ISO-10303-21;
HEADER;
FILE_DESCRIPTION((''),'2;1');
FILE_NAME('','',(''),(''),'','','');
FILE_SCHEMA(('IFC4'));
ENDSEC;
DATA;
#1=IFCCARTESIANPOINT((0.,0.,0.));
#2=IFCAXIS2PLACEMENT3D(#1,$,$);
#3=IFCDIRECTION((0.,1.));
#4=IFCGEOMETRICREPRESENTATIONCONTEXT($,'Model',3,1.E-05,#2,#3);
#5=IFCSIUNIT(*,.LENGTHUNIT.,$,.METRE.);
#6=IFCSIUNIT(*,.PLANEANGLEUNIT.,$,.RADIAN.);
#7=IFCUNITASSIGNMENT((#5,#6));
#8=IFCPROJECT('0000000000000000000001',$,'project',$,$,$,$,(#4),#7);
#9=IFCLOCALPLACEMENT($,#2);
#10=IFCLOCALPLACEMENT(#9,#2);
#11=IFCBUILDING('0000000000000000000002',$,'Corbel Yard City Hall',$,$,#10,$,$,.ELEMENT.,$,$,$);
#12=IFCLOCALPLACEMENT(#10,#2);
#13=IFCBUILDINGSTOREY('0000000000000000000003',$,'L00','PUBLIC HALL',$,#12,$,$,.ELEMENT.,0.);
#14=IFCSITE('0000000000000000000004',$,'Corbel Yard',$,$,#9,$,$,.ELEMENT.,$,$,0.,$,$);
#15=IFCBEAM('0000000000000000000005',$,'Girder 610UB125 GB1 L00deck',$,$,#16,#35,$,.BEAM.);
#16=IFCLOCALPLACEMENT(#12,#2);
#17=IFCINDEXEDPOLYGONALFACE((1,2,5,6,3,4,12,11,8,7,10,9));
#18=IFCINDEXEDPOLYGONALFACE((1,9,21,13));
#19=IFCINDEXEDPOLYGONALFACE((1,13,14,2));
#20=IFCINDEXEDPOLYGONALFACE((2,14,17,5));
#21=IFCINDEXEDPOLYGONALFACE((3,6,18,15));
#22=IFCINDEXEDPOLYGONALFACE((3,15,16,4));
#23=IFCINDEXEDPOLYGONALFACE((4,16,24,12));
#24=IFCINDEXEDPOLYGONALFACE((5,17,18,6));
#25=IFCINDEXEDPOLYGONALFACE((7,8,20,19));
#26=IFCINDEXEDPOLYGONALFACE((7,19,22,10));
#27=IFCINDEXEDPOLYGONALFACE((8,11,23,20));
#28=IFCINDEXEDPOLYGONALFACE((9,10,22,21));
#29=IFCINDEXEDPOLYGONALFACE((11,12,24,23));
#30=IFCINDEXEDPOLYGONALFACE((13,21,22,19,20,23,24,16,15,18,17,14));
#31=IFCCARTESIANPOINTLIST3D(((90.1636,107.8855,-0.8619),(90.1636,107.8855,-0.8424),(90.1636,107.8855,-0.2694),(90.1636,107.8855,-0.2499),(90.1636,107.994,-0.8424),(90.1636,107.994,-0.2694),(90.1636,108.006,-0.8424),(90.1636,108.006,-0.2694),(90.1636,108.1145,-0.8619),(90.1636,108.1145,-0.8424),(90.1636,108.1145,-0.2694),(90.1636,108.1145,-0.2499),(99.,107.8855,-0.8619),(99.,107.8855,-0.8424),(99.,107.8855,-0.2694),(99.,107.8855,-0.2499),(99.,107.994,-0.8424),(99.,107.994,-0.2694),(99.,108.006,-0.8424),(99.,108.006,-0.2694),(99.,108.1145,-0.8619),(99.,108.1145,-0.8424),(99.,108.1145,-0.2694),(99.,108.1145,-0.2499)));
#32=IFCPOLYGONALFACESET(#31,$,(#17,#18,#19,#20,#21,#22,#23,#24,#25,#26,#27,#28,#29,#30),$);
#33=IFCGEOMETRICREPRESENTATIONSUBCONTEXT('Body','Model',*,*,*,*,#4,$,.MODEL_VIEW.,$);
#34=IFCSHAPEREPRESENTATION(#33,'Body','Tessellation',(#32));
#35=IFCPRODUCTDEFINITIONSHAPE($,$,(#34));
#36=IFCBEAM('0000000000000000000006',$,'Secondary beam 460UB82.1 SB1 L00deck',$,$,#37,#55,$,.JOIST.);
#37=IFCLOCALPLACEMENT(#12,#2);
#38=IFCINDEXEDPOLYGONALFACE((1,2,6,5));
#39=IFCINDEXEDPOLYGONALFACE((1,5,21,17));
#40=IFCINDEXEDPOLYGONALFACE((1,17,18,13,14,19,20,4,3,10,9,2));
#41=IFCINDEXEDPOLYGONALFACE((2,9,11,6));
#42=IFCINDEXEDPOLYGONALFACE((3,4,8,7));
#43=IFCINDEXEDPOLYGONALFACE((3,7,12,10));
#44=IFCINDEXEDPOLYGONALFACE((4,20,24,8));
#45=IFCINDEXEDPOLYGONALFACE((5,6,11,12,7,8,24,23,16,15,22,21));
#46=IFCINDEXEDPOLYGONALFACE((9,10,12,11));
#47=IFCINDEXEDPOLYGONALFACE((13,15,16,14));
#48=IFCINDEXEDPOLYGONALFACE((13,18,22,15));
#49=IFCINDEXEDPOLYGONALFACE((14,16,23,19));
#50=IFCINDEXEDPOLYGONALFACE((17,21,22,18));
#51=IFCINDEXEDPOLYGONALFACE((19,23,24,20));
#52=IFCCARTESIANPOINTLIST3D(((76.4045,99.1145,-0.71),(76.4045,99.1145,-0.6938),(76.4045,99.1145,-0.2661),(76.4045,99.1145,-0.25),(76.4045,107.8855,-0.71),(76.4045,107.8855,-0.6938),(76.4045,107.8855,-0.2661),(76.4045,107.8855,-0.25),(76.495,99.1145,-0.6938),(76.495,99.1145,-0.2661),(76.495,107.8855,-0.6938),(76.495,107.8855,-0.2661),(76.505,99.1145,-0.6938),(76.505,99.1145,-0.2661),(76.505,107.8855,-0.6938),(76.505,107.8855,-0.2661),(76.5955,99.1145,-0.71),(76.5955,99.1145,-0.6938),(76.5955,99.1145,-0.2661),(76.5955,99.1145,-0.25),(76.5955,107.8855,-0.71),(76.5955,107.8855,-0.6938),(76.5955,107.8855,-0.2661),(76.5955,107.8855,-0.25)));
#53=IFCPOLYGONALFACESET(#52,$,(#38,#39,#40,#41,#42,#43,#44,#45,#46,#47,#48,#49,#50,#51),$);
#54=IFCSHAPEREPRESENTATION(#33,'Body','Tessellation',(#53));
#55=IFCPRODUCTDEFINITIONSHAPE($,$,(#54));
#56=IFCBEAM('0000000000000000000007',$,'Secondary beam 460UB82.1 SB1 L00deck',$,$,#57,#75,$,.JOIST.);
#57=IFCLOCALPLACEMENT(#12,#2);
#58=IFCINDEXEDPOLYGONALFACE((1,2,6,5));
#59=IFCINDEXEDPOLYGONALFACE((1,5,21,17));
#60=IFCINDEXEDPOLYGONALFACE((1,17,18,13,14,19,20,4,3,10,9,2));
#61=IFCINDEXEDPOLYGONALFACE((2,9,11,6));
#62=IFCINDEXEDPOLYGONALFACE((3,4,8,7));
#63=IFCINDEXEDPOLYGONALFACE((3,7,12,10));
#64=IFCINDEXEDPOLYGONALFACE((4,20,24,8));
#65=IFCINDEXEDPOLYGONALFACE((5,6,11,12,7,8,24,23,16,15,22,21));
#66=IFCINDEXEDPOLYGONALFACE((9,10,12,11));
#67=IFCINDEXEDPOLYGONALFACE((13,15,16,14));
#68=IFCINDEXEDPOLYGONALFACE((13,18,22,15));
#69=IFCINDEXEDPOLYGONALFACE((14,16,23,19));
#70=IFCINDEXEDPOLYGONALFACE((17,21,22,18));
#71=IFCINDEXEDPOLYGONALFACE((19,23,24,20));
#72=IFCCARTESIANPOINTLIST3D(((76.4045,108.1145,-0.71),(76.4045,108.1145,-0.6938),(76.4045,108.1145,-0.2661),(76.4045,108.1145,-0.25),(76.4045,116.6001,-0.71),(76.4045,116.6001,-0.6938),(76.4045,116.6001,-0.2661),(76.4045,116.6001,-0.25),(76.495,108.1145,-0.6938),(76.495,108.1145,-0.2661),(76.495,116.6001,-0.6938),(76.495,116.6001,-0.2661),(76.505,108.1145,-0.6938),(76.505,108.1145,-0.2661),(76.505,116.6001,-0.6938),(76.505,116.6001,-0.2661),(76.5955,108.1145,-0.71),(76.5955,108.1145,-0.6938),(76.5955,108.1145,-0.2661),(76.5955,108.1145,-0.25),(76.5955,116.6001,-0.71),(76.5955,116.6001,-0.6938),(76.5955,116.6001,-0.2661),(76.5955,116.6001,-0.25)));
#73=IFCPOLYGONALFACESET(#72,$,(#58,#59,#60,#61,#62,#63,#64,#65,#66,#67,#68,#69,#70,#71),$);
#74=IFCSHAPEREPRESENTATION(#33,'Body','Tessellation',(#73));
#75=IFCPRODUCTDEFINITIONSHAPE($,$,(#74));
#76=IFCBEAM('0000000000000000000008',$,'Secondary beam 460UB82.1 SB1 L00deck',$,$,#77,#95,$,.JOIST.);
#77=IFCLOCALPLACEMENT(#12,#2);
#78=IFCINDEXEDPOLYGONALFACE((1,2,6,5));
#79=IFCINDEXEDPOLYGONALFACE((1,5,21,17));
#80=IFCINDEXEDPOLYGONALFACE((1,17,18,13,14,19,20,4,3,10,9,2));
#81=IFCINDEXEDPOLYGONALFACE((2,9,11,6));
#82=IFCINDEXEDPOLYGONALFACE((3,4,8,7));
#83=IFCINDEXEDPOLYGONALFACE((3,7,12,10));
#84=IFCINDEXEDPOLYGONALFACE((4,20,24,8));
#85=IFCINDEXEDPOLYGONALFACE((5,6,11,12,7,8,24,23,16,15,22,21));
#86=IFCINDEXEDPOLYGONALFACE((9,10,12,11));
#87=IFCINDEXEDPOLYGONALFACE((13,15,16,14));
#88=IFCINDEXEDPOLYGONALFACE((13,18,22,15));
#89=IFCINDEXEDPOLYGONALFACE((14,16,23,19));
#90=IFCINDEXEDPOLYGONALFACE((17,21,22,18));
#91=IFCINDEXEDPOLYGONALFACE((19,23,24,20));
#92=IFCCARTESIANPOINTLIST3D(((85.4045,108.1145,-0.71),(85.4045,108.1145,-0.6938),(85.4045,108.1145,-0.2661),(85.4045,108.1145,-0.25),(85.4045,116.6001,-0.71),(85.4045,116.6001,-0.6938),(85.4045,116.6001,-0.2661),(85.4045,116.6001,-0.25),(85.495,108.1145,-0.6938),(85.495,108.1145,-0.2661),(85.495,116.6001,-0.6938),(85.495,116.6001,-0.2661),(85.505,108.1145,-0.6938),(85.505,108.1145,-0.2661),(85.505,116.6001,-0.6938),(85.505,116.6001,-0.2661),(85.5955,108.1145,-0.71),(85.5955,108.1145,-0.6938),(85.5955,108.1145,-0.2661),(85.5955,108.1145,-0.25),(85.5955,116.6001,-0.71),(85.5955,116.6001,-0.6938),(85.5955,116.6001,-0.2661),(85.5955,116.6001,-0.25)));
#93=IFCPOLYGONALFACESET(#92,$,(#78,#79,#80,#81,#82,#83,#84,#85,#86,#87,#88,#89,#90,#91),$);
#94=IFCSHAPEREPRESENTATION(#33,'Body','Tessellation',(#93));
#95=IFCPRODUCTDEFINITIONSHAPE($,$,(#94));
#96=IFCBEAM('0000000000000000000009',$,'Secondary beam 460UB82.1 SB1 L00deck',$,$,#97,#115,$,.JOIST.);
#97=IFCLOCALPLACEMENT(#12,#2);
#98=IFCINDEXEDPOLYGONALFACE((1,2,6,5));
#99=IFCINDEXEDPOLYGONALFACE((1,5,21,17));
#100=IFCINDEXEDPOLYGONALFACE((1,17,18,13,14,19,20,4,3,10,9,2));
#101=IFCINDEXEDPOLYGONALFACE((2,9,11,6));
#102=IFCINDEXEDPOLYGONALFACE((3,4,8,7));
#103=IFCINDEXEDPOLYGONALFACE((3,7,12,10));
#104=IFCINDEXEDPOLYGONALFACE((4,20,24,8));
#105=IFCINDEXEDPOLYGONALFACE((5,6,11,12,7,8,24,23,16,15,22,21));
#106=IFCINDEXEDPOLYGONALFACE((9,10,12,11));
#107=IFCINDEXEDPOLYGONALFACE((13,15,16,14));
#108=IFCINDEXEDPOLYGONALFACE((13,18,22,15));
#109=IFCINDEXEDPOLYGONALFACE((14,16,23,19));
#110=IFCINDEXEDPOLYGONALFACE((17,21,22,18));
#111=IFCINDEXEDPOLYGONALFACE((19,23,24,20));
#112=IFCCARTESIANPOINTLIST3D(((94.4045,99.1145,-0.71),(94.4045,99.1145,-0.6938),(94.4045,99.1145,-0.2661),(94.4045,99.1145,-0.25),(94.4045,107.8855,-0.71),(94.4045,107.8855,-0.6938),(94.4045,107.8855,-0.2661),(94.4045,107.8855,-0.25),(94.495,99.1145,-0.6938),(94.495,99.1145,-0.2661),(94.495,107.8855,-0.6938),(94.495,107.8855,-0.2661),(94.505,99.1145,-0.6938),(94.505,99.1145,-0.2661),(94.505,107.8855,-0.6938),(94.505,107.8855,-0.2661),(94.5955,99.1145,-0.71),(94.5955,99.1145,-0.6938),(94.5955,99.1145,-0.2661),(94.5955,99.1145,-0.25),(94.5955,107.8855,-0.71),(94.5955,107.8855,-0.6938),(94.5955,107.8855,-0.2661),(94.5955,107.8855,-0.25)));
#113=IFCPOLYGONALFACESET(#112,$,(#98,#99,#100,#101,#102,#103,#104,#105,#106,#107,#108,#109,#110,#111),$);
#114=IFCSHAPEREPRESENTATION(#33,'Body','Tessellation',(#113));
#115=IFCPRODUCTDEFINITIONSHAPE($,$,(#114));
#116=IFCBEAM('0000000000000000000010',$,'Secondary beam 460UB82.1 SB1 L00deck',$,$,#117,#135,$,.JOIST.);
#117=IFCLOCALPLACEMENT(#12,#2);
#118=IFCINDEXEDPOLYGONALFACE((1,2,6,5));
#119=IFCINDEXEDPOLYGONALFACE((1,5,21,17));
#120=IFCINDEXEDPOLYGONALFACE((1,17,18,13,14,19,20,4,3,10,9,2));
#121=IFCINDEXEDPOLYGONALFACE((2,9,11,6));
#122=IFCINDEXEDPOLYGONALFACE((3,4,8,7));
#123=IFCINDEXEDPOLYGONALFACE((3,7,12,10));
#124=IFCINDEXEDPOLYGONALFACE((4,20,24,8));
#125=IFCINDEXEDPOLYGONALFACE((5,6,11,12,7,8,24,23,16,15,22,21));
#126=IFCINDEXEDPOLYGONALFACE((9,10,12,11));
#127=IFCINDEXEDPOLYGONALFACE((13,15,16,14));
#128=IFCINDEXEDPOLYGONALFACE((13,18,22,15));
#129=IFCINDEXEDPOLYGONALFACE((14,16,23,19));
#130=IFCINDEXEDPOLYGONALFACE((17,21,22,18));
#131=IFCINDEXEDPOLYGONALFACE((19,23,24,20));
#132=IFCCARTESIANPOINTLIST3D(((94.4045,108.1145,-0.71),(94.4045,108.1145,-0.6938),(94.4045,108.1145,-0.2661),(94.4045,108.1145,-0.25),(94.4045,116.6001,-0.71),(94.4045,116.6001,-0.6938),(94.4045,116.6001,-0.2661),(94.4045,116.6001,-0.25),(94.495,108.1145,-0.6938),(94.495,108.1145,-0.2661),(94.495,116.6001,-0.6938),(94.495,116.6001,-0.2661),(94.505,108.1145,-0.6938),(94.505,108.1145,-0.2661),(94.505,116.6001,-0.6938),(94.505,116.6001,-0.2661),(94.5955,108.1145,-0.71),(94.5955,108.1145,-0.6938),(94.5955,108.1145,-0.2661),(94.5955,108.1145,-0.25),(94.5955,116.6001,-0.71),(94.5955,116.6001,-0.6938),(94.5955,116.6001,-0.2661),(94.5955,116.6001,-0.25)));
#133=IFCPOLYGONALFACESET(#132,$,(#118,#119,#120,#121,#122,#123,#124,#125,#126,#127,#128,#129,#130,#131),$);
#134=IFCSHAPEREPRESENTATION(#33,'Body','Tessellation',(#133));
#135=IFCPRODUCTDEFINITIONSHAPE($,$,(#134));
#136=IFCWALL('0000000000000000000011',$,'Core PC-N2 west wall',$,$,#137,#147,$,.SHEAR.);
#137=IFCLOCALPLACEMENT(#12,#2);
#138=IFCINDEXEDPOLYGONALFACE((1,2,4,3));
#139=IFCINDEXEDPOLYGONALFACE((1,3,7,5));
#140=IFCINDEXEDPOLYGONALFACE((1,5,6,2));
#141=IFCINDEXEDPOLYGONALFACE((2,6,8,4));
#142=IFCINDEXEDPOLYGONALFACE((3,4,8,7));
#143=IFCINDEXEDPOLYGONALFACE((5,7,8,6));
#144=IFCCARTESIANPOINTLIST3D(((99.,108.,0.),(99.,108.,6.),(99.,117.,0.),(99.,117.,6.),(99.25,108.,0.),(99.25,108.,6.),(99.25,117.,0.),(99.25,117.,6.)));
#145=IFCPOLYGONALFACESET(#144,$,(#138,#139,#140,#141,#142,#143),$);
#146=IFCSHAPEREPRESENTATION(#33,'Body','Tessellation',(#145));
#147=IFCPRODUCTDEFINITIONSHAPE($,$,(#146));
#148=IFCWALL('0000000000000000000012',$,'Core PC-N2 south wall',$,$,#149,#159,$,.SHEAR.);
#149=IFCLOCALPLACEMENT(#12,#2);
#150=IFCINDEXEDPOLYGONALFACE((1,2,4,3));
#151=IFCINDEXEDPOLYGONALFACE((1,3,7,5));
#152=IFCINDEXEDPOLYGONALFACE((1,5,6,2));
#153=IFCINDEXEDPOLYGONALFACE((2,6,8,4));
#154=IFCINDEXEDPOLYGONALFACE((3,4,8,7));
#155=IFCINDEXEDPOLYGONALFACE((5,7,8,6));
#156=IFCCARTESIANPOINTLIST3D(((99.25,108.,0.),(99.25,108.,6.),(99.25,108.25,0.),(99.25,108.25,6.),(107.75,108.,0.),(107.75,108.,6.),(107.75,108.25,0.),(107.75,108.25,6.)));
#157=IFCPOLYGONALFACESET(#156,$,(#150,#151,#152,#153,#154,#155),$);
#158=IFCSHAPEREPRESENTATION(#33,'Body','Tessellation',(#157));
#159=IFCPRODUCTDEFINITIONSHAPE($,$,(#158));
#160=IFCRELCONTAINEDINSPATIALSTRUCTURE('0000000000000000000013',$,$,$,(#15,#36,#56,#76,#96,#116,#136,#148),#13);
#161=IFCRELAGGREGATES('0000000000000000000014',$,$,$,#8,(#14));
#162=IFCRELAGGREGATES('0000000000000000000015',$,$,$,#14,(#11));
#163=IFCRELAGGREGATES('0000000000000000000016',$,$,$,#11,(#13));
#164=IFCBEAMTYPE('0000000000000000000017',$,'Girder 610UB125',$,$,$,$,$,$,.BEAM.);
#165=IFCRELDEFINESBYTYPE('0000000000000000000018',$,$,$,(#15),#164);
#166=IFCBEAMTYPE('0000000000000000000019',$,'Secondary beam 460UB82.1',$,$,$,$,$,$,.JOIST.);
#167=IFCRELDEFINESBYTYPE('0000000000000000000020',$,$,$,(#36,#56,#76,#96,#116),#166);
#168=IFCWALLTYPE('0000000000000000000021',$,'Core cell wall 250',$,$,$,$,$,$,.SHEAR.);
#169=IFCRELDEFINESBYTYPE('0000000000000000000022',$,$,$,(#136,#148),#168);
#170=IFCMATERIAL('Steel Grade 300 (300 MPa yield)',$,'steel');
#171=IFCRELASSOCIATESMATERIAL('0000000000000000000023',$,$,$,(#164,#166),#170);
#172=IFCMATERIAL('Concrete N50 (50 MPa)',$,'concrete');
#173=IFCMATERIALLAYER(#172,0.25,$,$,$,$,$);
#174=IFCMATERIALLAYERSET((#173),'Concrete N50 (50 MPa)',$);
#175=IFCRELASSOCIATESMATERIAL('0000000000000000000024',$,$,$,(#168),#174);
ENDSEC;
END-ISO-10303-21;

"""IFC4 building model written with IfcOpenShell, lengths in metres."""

from ifc_helpers import new_model, si_unit, direction, frame, frame_2d, origin, origin_2d, place, context, subcontext, project, spatial, rectangle, i_section, extrude, material, layer, layer_set, material_profile, profile_set, type_object, element, save


model = new_model("IFC4")

# Units and contexts
model_context = context("Model", 3, precision=1e-05, world=origin(), true_north=direction((0.0, 1.0)))
body_context = subcontext(model_context, "Body", "Model", "MODEL_VIEW")
ifc_project = project(units=[si_unit("LENGTHUNIT", "METRE"), si_unit("PLANEANGLEUNIT", "RADIAN")], contexts=[model_context])

# Site, building, storey
site_placement = place(None, origin())
site = spatial("IfcSite", under=ifc_project, at=site_placement, Name="Corbel Yard", CompositionType="ELEMENT", RefElevation=0.0)
building_placement = place(site_placement, origin())
building = spatial("IfcBuilding", under=site, at=building_placement, Name="Corbel Yard City Hall", CompositionType="ELEMENT")
storey_placement = place(building_placement, origin())
storey = spatial("IfcBuildingStorey", under=building, at=storey_placement, Name="L00", Description="PUBLIC HALL", CompositionType="ELEMENT", Elevation=0.0)

# Shared definitions
ifc_material_1 = material(Name="Steel Grade 300 (300 MPa yield)", Category="steel")

# Beams
ifc_material_profile_1 = material_profile(ifc_material_1, i_section(OverallWidth=0.229, OverallDepth=0.6121, WebThickness=0.012, FlangeThickness=0.0195, at=origin_2d()), Name="610UB125")
ifc_profile_set_1 = profile_set([ifc_material_profile_1], Name="Steel Grade 300 (300 MPa yield)")
beam_type_1 = type_object("IfcBeamType", Name="Girder 610UB125", PredefinedType="BEAM", material=ifc_profile_set_1)
beam_1_placement = place(storey_placement, frame((90.1636, 108.0, -0.5559), z_axis=(1.0, 0.0, 0.0), x_axis=(0.0, 1.0, 0.0)))
element("IfcBeam", 1, at=beam_1_placement, inside=storey, type_object=beam_type_1, Name="Girder 610UB125 GB1 L00deck", PredefinedType="BEAM", context=body_context, shape_type="SweptSolid", body=[
    extrude(i_section(OverallWidth=0.229, OverallDepth=0.6121, WebThickness=0.012, FlangeThickness=0.0195, at=origin_2d()), origin(), (0.0, 0.0, 1.0), 8.8364),
])
ifc_material_profile_2 = material_profile(ifc_material_1, i_section(OverallWidth=0.1909, OverallDepth=0.46, WebThickness=0.01, FlangeThickness=0.0161, at=origin_2d()), Name="460UB82.1")
ifc_profile_set_2 = profile_set([ifc_material_profile_2], Name="Steel Grade 300 (300 MPa yield)")
beam_type_2 = type_object("IfcBeamType", Name="Secondary beam 460UB82.1", PredefinedType="JOIST", material=ifc_profile_set_2)
beam_2_placement = place(storey_placement, frame((76.5, 99.1145, -0.48), z_axis=(0.0, 1.0, 0.0), x_axis=(-1.0, 0.0, 0.0)))
element("IfcBeam", 2, at=beam_2_placement, inside=storey, type_object=beam_type_2, Name="Secondary beam 460UB82.1 SB1 L00deck", PredefinedType="JOIST", context=body_context, shape_type="SweptSolid", body=[
    extrude(i_section(OverallWidth=0.1909, OverallDepth=0.46, WebThickness=0.01, FlangeThickness=0.0161, at=origin_2d()), origin(), (0.0, 0.0, 1.0), 8.771),
])
for number, where, z_axis, x_axis, name in (
    (3, (76.5, 108.1145, -0.48), (0.0, 1.0, 0.0), (-1.0, 0.0, 0.0), "Secondary beam 460UB82.1 SB1 L00deck"),
    (4, (85.5, 108.1145, -0.48), (0.0, 1.0, 0.0), (-1.0, 0.0, 0.0), "Secondary beam 460UB82.1 SB1 L00deck"),
):
    element("IfcBeam", number, at=place(storey_placement, frame(where, z_axis=z_axis, x_axis=x_axis)), inside=storey, type_object=beam_type_2, Name=name, PredefinedType="JOIST", context=body_context, shape_type="SweptSolid", body=[
        extrude(i_section(OverallWidth=0.1909, OverallDepth=0.46, WebThickness=0.01, FlangeThickness=0.0161, at=origin_2d()), origin(), (0.0, 0.0, 1.0), 8.4856),
    ])
beam_3_placement = place(storey_placement, frame((94.5, 99.1145, -0.48), z_axis=(0.0, 1.0, 0.0), x_axis=(-1.0, 0.0, 0.0)))
element("IfcBeam", 5, at=beam_3_placement, inside=storey, type_object=beam_type_2, Name="Secondary beam 460UB82.1 SB1 L00deck", PredefinedType="JOIST", context=body_context, shape_type="SweptSolid", body=[
    extrude(i_section(OverallWidth=0.1909, OverallDepth=0.46, WebThickness=0.01, FlangeThickness=0.0161, at=origin_2d()), origin(), (0.0, 0.0, 1.0), 8.771),
])
beam_4_placement = place(storey_placement, frame((94.5, 108.1145, -0.48), z_axis=(0.0, 1.0, 0.0), x_axis=(-1.0, 0.0, 0.0)))
element("IfcBeam", 6, at=beam_4_placement, inside=storey, type_object=beam_type_2, Name="Secondary beam 460UB82.1 SB1 L00deck", PredefinedType="JOIST", context=body_context, shape_type="SweptSolid", body=[
    extrude(i_section(OverallWidth=0.1909, OverallDepth=0.46, WebThickness=0.01, FlangeThickness=0.0161, at=origin_2d()), origin(), (0.0, 0.0, 1.0), 8.4856),
])

# Walls
ifc_material_2 = material(Name="Concrete N50 (50 MPa)", Category="concrete")
ifc_layer = layer(ifc_material_2, 0.25)
ifc_layer_set = layer_set([ifc_layer], Name="Concrete N50 (50 MPa)")
wall_type = type_object("IfcWallType", Name="Core cell wall 250", PredefinedType="SHEAR", material=ifc_layer_set)
wall_1_placement = place(storey_placement, frame((99.125, 108.0, 0.0), z_axis=(0.0, 0.0, 1.0), x_axis=(0.0, 1.0, 0.0)))
element("IfcWall", 7, at=wall_1_placement, inside=storey, type_object=wall_type, Name="Core PC-N2 west wall", PredefinedType="SHEAR", context=body_context, shape_type="SweptSolid", body=[
    extrude(rectangle(XDim=9.0, YDim=0.25, at=frame_2d((4.5, 0.0))), origin(), (0.0, 0.0, 1.0), 6.0),
])
wall_2_placement = place(storey_placement, frame((99.25, 108.125, 0.0), z_axis=(0.0, 0.0, 1.0), x_axis=(1.0, 0.0, 0.0)))
element("IfcWall", 8, at=wall_2_placement, inside=storey, type_object=wall_type, Name="Core PC-N2 south wall", PredefinedType="SHEAR", context=body_context, shape_type="SweptSolid", body=[
    extrude(rectangle(XDim=8.5, YDim=0.25, at=frame_2d((4.25, 0.0))), origin(), (0.0, 0.0, 1.0), 6.0),
])

save(model, "model.ifc")
